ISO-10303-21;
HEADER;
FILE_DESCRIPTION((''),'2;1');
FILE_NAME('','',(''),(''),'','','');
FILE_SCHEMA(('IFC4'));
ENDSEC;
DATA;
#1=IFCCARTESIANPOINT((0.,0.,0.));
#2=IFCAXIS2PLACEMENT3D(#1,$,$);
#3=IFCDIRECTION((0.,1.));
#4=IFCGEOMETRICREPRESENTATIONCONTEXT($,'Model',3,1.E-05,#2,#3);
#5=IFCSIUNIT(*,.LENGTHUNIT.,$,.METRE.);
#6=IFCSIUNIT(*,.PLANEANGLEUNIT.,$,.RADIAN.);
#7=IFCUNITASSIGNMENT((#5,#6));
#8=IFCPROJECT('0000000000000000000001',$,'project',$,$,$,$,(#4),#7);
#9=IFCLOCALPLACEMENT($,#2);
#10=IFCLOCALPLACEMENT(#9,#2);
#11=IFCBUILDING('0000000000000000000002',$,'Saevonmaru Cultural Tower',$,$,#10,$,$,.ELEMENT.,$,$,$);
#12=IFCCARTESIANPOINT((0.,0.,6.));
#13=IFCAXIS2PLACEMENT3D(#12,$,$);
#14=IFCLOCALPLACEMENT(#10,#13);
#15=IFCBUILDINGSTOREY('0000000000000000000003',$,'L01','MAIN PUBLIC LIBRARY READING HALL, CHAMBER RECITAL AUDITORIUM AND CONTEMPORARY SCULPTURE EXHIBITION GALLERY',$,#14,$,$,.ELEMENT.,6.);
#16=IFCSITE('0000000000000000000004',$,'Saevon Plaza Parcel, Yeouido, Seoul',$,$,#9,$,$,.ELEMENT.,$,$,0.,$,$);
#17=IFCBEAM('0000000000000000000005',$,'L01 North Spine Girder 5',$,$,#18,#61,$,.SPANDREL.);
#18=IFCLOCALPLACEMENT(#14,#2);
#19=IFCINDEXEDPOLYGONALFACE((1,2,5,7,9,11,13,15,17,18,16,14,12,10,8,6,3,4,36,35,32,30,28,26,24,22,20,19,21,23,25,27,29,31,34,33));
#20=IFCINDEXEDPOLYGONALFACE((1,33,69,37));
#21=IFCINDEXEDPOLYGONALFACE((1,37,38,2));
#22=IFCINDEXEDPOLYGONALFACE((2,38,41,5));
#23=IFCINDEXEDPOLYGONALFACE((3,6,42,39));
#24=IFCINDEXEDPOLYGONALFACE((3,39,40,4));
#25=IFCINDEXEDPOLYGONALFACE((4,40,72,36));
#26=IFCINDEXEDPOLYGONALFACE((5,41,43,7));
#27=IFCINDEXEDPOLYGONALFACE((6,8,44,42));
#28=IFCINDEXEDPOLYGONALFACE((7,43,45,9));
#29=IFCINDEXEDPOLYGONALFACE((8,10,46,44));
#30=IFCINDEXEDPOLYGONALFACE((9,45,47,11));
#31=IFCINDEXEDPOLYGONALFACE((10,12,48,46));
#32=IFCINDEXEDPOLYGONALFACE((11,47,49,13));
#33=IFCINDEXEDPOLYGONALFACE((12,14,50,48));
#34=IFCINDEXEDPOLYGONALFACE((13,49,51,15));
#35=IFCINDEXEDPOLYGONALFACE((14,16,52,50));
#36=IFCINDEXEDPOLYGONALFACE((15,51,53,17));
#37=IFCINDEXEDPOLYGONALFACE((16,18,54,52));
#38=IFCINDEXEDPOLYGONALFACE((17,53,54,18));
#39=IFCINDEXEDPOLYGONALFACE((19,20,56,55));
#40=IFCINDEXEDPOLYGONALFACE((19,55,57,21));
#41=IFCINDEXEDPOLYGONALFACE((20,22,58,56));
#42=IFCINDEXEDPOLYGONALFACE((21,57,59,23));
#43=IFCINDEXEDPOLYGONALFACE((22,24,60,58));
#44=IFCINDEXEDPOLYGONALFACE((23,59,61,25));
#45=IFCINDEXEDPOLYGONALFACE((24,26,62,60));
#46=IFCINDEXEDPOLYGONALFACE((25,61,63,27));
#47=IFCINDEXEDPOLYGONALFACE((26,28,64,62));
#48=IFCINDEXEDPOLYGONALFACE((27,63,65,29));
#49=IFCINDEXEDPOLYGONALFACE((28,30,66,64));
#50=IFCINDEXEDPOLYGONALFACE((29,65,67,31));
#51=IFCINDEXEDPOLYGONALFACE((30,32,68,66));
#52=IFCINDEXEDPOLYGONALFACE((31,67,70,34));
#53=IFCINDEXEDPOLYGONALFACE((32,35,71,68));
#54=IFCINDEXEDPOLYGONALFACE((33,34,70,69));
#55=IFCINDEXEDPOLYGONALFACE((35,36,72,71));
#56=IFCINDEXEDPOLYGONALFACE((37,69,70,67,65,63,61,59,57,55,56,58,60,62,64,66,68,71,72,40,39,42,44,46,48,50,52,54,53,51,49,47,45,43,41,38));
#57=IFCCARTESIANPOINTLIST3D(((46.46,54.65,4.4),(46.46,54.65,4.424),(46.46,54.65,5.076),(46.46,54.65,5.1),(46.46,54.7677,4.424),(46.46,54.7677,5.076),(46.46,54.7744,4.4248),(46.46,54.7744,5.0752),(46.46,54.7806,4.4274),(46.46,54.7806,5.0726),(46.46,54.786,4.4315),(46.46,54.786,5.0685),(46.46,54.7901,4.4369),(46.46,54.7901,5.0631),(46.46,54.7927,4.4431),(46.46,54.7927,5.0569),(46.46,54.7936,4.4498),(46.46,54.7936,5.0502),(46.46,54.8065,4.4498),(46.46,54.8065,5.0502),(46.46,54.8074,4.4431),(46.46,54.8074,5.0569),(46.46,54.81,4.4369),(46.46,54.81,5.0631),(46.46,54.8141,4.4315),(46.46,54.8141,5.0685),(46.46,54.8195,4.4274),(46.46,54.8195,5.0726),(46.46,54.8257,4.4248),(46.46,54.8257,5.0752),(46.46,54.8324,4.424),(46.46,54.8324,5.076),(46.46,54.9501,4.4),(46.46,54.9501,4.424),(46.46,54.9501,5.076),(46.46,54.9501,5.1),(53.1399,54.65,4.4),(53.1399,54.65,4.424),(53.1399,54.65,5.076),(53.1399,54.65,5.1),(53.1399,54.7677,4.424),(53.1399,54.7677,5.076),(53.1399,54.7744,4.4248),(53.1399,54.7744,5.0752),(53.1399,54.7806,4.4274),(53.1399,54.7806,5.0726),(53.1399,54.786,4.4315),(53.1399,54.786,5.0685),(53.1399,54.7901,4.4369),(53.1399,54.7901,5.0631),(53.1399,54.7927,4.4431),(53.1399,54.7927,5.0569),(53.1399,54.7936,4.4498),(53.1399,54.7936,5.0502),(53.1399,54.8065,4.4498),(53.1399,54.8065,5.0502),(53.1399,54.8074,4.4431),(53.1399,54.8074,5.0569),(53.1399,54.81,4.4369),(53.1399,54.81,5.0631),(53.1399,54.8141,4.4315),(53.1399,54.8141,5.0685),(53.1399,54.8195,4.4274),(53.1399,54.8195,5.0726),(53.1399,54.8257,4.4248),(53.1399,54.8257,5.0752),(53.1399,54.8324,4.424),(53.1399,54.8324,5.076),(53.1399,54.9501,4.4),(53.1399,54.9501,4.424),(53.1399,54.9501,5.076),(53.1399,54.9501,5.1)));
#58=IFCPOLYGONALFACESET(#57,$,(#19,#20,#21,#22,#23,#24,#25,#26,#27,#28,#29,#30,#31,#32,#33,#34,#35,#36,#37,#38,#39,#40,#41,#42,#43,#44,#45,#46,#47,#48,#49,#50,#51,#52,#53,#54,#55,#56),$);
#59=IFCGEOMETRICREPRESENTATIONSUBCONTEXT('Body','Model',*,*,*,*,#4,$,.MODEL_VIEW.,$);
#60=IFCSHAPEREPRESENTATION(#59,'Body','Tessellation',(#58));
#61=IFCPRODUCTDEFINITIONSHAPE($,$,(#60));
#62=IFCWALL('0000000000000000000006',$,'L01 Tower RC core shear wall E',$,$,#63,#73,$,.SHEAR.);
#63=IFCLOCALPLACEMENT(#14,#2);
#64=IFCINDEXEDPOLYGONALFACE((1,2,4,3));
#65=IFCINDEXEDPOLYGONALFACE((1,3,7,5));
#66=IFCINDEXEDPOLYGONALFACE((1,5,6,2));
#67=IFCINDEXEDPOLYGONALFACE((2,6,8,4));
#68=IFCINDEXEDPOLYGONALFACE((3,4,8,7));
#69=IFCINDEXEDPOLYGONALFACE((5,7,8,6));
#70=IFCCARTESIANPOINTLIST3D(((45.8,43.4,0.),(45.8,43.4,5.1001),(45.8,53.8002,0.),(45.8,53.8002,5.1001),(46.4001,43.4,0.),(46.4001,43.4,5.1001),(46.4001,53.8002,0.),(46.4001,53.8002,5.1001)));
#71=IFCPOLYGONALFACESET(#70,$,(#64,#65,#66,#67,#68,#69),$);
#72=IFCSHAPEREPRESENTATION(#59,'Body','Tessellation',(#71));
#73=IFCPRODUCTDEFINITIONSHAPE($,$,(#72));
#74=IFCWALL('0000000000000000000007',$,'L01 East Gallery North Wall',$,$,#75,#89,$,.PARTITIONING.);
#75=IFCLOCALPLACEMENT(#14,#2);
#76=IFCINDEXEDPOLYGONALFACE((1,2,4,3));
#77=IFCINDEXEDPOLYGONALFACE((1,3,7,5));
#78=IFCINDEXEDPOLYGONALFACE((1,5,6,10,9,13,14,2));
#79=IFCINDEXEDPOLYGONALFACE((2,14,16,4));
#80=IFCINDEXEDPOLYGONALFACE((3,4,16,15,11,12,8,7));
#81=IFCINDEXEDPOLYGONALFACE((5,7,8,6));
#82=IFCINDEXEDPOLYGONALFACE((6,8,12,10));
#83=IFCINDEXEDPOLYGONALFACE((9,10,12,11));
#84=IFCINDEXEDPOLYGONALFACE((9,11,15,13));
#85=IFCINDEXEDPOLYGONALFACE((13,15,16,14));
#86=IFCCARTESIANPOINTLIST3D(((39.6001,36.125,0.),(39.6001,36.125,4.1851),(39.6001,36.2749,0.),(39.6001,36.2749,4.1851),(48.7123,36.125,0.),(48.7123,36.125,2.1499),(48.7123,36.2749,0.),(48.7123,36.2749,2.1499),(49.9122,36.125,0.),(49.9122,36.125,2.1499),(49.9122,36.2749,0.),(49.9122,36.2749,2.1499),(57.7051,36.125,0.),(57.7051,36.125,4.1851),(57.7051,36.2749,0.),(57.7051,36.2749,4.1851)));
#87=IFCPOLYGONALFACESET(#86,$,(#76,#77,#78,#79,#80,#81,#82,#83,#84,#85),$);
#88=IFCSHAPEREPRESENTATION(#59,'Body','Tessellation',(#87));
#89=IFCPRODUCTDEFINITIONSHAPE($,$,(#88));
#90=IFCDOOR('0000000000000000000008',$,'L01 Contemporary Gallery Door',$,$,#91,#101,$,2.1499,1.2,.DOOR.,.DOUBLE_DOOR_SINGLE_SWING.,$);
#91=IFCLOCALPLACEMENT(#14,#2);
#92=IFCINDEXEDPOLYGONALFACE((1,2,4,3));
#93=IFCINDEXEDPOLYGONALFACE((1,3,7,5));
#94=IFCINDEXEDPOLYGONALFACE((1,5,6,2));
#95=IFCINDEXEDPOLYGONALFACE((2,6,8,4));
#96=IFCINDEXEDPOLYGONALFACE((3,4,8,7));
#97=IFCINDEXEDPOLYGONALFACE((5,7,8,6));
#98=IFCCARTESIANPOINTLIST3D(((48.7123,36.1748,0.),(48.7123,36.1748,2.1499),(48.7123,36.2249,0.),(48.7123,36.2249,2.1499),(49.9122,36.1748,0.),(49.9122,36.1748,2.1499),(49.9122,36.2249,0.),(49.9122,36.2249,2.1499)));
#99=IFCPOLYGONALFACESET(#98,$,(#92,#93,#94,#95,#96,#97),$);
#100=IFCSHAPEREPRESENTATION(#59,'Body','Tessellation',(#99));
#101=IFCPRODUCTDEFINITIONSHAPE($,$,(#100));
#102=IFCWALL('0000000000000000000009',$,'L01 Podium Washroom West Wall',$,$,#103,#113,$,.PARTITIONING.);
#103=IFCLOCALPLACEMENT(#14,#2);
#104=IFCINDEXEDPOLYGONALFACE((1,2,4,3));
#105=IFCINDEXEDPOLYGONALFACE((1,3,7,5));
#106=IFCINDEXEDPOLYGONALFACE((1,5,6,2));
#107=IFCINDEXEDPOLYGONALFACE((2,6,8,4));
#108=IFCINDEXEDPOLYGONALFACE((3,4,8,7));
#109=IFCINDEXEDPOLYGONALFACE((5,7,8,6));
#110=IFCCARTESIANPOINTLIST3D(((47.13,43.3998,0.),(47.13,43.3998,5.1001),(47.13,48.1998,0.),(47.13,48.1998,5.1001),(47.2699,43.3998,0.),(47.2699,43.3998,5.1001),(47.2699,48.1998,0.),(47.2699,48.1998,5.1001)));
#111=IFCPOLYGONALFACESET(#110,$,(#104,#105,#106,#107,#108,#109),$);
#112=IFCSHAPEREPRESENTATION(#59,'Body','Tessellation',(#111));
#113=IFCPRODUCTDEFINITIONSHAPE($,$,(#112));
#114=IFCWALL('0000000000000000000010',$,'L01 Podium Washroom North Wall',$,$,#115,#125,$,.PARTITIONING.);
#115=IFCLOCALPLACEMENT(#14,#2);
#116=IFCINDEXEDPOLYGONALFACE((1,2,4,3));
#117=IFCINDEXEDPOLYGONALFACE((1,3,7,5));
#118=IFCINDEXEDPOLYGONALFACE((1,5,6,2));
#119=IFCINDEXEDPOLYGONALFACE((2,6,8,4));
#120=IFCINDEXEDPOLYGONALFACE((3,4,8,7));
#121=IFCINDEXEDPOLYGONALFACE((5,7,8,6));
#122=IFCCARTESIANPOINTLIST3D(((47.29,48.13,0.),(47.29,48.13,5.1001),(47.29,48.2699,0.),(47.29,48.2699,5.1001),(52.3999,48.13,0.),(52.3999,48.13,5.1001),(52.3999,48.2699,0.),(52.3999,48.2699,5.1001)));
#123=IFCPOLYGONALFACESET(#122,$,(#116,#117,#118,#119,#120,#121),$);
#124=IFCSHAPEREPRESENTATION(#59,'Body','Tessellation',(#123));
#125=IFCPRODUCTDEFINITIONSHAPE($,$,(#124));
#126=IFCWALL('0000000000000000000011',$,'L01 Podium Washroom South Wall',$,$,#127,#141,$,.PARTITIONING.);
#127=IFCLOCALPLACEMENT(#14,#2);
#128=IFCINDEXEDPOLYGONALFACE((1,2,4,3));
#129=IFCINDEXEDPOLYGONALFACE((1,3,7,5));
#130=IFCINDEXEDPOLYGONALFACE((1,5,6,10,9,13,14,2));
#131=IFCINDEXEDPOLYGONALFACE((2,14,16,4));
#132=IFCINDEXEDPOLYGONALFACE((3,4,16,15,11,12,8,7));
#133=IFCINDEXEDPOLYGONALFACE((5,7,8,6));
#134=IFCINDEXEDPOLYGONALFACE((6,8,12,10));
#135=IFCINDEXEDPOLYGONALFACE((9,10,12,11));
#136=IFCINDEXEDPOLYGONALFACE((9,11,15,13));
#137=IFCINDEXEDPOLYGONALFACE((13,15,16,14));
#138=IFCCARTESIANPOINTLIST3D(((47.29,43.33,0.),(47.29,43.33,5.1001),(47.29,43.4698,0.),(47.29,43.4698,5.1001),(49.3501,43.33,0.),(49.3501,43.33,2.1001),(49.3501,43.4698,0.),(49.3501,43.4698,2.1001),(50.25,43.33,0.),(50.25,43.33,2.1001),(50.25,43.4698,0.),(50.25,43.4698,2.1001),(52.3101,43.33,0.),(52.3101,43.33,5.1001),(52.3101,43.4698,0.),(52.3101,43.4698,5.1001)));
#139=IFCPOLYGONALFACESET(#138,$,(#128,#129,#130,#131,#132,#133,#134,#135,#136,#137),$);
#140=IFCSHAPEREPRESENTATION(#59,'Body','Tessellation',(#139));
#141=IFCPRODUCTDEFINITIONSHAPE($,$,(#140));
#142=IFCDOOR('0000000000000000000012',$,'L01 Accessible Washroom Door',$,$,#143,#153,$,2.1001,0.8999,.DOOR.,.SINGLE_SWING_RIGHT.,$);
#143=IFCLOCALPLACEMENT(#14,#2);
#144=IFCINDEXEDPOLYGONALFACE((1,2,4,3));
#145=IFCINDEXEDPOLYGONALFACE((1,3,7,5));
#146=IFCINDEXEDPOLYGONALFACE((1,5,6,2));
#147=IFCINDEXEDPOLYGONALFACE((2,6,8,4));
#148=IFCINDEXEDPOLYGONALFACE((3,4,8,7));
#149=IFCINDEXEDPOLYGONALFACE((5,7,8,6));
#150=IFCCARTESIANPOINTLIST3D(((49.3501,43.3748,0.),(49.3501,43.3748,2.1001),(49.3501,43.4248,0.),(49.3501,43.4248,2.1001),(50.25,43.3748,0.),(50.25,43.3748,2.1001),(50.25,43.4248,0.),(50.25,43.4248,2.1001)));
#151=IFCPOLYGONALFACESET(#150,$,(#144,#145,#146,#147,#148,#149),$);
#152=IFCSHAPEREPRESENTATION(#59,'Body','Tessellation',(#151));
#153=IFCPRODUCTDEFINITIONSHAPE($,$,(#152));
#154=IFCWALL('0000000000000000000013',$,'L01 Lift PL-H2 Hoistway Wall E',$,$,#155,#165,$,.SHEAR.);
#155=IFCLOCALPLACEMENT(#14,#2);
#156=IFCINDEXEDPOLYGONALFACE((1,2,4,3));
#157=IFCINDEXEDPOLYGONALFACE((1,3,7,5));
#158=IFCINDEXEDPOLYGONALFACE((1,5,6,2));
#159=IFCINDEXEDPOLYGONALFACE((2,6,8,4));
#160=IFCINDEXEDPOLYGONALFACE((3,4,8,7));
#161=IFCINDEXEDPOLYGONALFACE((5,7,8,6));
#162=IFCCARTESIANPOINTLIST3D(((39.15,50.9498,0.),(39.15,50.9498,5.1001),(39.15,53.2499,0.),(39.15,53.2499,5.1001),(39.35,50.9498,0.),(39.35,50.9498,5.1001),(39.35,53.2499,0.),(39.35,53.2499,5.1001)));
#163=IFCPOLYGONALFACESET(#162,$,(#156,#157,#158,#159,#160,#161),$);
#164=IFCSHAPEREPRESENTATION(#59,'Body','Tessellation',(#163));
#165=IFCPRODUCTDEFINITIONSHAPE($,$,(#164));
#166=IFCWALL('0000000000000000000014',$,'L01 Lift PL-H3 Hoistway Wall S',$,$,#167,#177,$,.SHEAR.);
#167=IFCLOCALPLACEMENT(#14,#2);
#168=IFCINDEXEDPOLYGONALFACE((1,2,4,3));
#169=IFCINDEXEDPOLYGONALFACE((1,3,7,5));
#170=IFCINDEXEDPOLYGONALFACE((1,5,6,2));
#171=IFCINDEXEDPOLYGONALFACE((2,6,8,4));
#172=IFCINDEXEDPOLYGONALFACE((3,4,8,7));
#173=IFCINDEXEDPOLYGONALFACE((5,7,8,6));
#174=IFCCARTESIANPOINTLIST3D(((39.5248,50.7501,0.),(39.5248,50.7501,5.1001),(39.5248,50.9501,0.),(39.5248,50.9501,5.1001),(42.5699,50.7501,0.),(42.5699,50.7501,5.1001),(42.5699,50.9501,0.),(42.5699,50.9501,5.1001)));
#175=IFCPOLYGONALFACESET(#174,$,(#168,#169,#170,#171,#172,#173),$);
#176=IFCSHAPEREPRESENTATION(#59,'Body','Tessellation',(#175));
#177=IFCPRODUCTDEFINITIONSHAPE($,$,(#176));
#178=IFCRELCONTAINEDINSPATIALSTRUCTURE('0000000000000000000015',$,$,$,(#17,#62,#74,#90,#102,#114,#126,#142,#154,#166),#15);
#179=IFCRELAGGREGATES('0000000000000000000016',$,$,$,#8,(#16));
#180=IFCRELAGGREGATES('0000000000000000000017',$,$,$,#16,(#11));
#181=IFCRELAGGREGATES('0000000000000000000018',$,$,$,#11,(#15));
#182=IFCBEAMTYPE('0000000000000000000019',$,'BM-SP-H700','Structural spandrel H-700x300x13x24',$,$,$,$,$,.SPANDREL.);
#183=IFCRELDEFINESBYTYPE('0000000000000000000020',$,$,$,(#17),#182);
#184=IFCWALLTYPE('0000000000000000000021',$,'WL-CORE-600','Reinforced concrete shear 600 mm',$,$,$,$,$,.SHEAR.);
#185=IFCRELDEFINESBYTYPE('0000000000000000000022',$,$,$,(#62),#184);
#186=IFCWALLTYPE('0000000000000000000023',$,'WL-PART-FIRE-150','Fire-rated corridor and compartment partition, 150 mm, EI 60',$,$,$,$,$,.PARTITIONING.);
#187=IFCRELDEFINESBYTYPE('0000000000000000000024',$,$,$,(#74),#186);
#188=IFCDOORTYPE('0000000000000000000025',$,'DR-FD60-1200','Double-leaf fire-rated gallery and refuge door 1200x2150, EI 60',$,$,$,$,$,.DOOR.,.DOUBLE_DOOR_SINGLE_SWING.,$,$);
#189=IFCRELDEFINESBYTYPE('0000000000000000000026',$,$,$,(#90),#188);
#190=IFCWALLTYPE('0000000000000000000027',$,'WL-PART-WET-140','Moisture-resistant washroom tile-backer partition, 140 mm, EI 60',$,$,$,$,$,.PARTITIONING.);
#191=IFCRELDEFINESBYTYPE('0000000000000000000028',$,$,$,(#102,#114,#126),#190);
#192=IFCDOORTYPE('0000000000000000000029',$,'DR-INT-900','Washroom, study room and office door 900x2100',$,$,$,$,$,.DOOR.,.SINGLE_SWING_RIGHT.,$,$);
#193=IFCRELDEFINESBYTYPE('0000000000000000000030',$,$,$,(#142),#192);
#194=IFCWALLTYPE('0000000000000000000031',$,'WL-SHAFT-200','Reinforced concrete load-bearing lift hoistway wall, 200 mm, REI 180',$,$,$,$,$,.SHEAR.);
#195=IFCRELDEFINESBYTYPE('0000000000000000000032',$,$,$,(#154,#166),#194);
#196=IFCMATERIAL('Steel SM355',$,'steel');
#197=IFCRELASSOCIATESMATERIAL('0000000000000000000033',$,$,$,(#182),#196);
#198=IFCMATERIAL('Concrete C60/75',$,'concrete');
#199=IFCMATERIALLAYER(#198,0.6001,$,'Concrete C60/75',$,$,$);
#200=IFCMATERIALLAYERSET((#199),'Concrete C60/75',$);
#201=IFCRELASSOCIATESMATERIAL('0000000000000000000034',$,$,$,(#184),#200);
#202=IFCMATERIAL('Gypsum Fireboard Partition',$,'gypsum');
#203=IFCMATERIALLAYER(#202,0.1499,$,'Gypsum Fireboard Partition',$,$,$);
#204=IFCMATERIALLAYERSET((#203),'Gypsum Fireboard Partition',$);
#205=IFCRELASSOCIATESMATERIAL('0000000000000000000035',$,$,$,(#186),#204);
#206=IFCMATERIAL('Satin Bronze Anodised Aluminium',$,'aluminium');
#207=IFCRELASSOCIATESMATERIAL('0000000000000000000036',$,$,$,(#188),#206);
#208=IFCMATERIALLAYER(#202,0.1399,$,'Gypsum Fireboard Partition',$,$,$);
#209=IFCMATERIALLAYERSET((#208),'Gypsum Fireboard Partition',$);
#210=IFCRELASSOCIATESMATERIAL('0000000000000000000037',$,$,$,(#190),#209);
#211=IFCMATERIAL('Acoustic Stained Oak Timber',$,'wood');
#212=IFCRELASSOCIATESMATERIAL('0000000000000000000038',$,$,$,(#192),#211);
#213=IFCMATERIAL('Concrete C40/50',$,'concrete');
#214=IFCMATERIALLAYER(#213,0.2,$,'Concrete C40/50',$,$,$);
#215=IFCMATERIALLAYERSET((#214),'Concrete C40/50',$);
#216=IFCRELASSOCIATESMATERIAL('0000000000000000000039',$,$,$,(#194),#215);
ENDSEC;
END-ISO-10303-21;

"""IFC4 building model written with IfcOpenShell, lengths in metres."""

from ifc_helpers import new_model, si_unit, direction, frame, frame_2d, origin, origin_2d, place, context, subcontext, project, spatial, rectangle, i_section, extrude, material, layer, layer_set, material_profile, profile_set, type_object, element, fill, save


model = new_model("IFC4")

# Units and contexts
model_context = context("Model", 3, precision=1e-05, world=origin(), true_north=direction((0.0, 1.0)))
body_context = subcontext(model_context, "Body", "Model", "MODEL_VIEW")
ifc_project = project(units=[si_unit("LENGTHUNIT", "METRE"), si_unit("PLANEANGLEUNIT", "RADIAN")], contexts=[model_context])

# Site, building, storey
site_placement = place(None, origin())
site = spatial("IfcSite", under=ifc_project, at=site_placement, Name="Saevon Plaza Parcel, Yeouido, Seoul", CompositionType="ELEMENT", RefElevation=0.0)
building_placement = place(site_placement, origin())
building = spatial("IfcBuilding", under=site, at=building_placement, Name="Saevonmaru Cultural Tower", CompositionType="ELEMENT")
storey_placement = place(building_placement, frame((0.0, 0.0, 6.0)))
storey = spatial("IfcBuildingStorey", under=building, at=storey_placement, Name="L01", Description="MAIN PUBLIC LIBRARY READING HALL, CHAMBER RECITAL AUDITORIUM AND CONTEMPORARY SCULPTURE EXHIBITION GALLERY", CompositionType="ELEMENT", Elevation=6.0)

# Shared definitions
ifc_material_1 = material(Name="Steel SM355", Category="steel")

# Beam
ifc_material_profile_1 = material_profile(ifc_material_1, i_section(OverallWidth=0.3, OverallDepth=0.7, WebThickness=0.0129, FlangeThickness=0.0239, FilletRadius=0.0259, at=origin_2d()), Name="H-700x300x13x24")
ifc_profile_set_1 = profile_set([ifc_material_profile_1], Name="Steel SM355")
beam_type_1 = type_object("IfcBeamType", Name="BM-SP-H700", Description="Structural spandrel H-700x300x13x24", PredefinedType="SPANDREL", material=ifc_profile_set_1)
beam_1_placement = place(storey_placement, frame((46.46, 54.8, 4.75), z_axis=(1.0, 0.0, 0.0), x_axis=(0.0, 1.0, 0.0)))
element("IfcBeam", 1, at=beam_1_placement, inside=storey, type_object=beam_type_1, Name="L01 North Spine Girder 5", PredefinedType="SPANDREL", context=body_context, shape_type="SweptSolid", body=[
    extrude(i_section(OverallWidth=0.3, OverallDepth=0.7, WebThickness=0.0129, FlangeThickness=0.0239, FilletRadius=0.0259, at=origin_2d()), origin(), (0.0, 0.0, 1.0), 6.6799),
])

# Wall
ifc_material_2 = material(Name="Concrete C60/75", Category="concrete")
ifc_layer_1 = layer(ifc_material_2, 0.6001, Name="Concrete C60/75")
ifc_layer_set_1 = layer_set([ifc_layer_1], Name="Concrete C60/75")
wall_type_1 = type_object("IfcWallType", Name="WL-CORE-600", Description="Reinforced concrete shear 600 mm", PredefinedType="SHEAR", material=ifc_layer_set_1)
wall_1_placement = place(storey_placement, frame((46.1001, 43.3999, 0.0), z_axis=(0.0, 0.0, 1.0), x_axis=(0.0, 1.0, 0.0)))
element("IfcWall", 2, at=wall_1_placement, inside=storey, type_object=wall_type_1, Name="L01 Tower RC core shear wall E", PredefinedType="SHEAR", context=body_context, shape_type="SweptSolid", body=[
    extrude(rectangle(XDim=10.4001, YDim=0.6001, at=frame_2d((5.2002, 0.0))), origin(), (0.0, 0.0, 1.0), 5.1001),
])

# Wall, opening, door
ifc_material_3 = material(Name="Gypsum Fireboard Partition", Category="gypsum")
ifc_layer_2 = layer(ifc_material_3, 0.1499, Name="Gypsum Fireboard Partition")
ifc_layer_set_2 = layer_set([ifc_layer_2], Name="Gypsum Fireboard Partition")
wall_type_2 = type_object("IfcWallType", Name="WL-PART-FIRE-150", Description="Fire-rated corridor and compartment partition, 150 mm, EI 60", PredefinedType="PARTITIONING", material=ifc_layer_set_2)
wall_2_placement = place(storey_placement, frame((39.6001, 36.2, 0.0), z_axis=(0.0, 0.0, 1.0), x_axis=(1.0, 0.0, 0.0)))
wall_2 = element("IfcWall", 3, at=wall_2_placement, inside=storey, type_object=wall_type_2, Name="L01 East Gallery North Wall", PredefinedType="PARTITIONING", context=body_context, shape_type="SweptSolid", body=[
    extrude(rectangle(XDim=18.105, YDim=0.1499, at=frame_2d((9.0525, 0.0))), origin(), (0.0, 0.0, 1.0), 4.1851),
])
opening_1_placement = place(wall_2_placement, frame((9.1121, 0.0, 0.0)))
opening_1 = element("IfcOpeningElement", 4, at=opening_1_placement, cuts=wall_2, PredefinedType="OPENING", context=body_context, shape_type="SweptSolid", body=[
    extrude(rectangle(XDim=1.2, YDim=2.1499, at=frame_2d((0.6001, 1.075))), frame((0.0, 0.085, 0.0), z_axis=(0.0, -1.0, 0.0), x_axis=(1.0, 0.0, 0.0)), (0.0, 0.0, 1.0), 0.1699),
])
ifc_material_4 = material(Name="Satin Bronze Anodised Aluminium", Category="aluminium")
door_type_1 = type_object("IfcDoorType", Name="DR-FD60-1200", Description="Double-leaf fire-rated gallery and refuge door 1200x2150, EI 60", OperationType="DOUBLE_DOOR_SINGLE_SWING", PredefinedType="DOOR", material=ifc_material_4)
door_1_placement = place(opening_1_placement, origin())
door_1 = element("IfcDoor", 5, at=door_1_placement, inside=storey, type_object=door_type_1, Name="L01 Contemporary Gallery Door", OperationType="DOUBLE_DOOR_SINGLE_SWING", OverallHeight=2.1499, OverallWidth=1.2, PredefinedType="DOOR", context=body_context, shape_type="SweptSolid", body=[
    extrude(rectangle(XDim=1.2, YDim=2.1499, at=frame_2d((0.6001, 1.075))), frame((0.0, 0.0249, 0.0), z_axis=(0.0, -1.0, 0.0), x_axis=(1.0, 0.0, 0.0)), (0.0, 0.0, 1.0), 0.05),
])
fill(opening_1, door_1)

# Walls
ifc_layer_3 = layer(ifc_material_3, 0.1399, Name="Gypsum Fireboard Partition")
ifc_layer_set_3 = layer_set([ifc_layer_3], Name="Gypsum Fireboard Partition")
wall_type_3 = type_object("IfcWallType", Name="WL-PART-WET-140", Description="Moisture-resistant washroom tile-backer partition, 140 mm, EI 60", PredefinedType="PARTITIONING", material=ifc_layer_set_3)
wall_3_placement = place(storey_placement, frame((47.2, 43.3999, 0.0), z_axis=(0.0, 0.0, 1.0), x_axis=(0.0, 1.0, 0.0)))
element("IfcWall", 6, at=wall_3_placement, inside=storey, type_object=wall_type_3, Name="L01 Podium Washroom West Wall", PredefinedType="PARTITIONING", context=body_context, shape_type="SweptSolid", body=[
    extrude(rectangle(XDim=4.8, YDim=0.1399, at=frame_2d((2.3999, 0.0))), origin(), (0.0, 0.0, 1.0), 5.1001),
])
wall_4_placement = place(storey_placement, frame((47.29, 48.2, 0.0), z_axis=(0.0, 0.0, 1.0), x_axis=(1.0, 0.0, 0.0)))
element("IfcWall", 7, at=wall_4_placement, inside=storey, type_object=wall_type_3, Name="L01 Podium Washroom North Wall", PredefinedType="PARTITIONING", context=body_context, shape_type="SweptSolid", body=[
    extrude(rectangle(XDim=5.1099, YDim=0.1399, at=frame_2d((2.5549, 0.0))), origin(), (0.0, 0.0, 1.0), 5.1001),
])

# Wall, opening, door
wall_5_placement = place(storey_placement, frame((47.29, 43.3999, 0.0), z_axis=(0.0, 0.0, 1.0), x_axis=(1.0, 0.0, 0.0)))
wall_5 = element("IfcWall", 8, at=wall_5_placement, inside=storey, type_object=wall_type_3, Name="L01 Podium Washroom South Wall", PredefinedType="PARTITIONING", context=body_context, shape_type="SweptSolid", body=[
    extrude(rectangle(XDim=5.02, YDim=0.1399, at=frame_2d((2.51, 0.0))), origin(), (0.0, 0.0, 1.0), 5.1001),
])
opening_2_placement = place(wall_5_placement, frame((2.0601, 0.0, 0.0)))
opening_2 = element("IfcOpeningElement", 9, at=opening_2_placement, cuts=wall_5, PredefinedType="OPENING", context=body_context, shape_type="SweptSolid", body=[
    extrude(rectangle(XDim=0.8999, YDim=2.1001, at=frame_2d((0.45, 1.05))), frame((0.0, 0.0801, 0.0), z_axis=(0.0, -1.0, 0.0), x_axis=(1.0, 0.0, 0.0)), (0.0, 0.0, 1.0), 0.1599),
])
ifc_material_5 = material(Name="Acoustic Stained Oak Timber", Category="wood")
door_type_2 = type_object("IfcDoorType", Name="DR-INT-900", Description="Washroom, study room and office door 900x2100", OperationType="SINGLE_SWING_RIGHT", PredefinedType="DOOR", material=ifc_material_5)
door_2_placement = place(opening_2_placement, origin())
door_2 = element("IfcDoor", 10, at=door_2_placement, inside=storey, type_object=door_type_2, Name="L01 Accessible Washroom Door", OperationType="SINGLE_SWING_RIGHT", OverallHeight=2.1001, OverallWidth=0.8999, PredefinedType="DOOR", context=body_context, shape_type="SweptSolid", body=[
    extrude(rectangle(XDim=0.8999, YDim=2.1001, at=frame_2d((0.45, 1.05))), frame((0.0, 0.0249, 0.0), z_axis=(0.0, -1.0, 0.0), x_axis=(1.0, 0.0, 0.0)), (0.0, 0.0, 1.0), 0.05),
])
fill(opening_2, door_2)

# Walls
ifc_material_6 = material(Name="Concrete C40/50", Category="concrete")
ifc_layer_4 = layer(ifc_material_6, 0.2, Name="Concrete C40/50")
ifc_layer_set_4 = layer_set([ifc_layer_4], Name="Concrete C40/50")
wall_type_4 = type_object("IfcWallType", Name="WL-SHAFT-200", Description="Reinforced concrete load-bearing lift hoistway wall, 200 mm, REI 180", PredefinedType="SHEAR", material=ifc_layer_set_4)
wall_6_placement = place(storey_placement, frame((39.25, 50.95, 0.0), z_axis=(0.0, 0.0, 1.0), x_axis=(0.0, 1.0, 0.0)))
element("IfcWall", 11, at=wall_6_placement, inside=storey, type_object=wall_type_4, Name="L01 Lift PL-H2 Hoistway Wall E", PredefinedType="SHEAR", context=body_context, shape_type="SweptSolid", body=[
    extrude(rectangle(XDim=2.3, YDim=0.2, at=frame_2d((1.1499, 0.0))), origin(), (0.0, 0.0, 1.0), 5.1001),
])
for number, where, z_axis, x_axis, name in (
    (12, (39.5249, 50.8501, 0.0), (0.0, 0.0, 1.0), (1.0, 0.0, 0.0), "L01 Lift PL-H3 Hoistway Wall S"),
):
    element("IfcWall", number, at=place(storey_placement, frame(where, z_axis=z_axis, x_axis=x_axis)), inside=storey, type_object=wall_type_4, Name=name, PredefinedType="SHEAR", context=body_context, shape_type="SweptSolid", body=[
        extrude(rectangle(XDim=3.0452, YDim=0.2, at=frame_2d((1.5225, 0.0))), origin(), (0.0, 0.0, 1.0), 5.1001),
    ])

save(model, "model.ifc")
